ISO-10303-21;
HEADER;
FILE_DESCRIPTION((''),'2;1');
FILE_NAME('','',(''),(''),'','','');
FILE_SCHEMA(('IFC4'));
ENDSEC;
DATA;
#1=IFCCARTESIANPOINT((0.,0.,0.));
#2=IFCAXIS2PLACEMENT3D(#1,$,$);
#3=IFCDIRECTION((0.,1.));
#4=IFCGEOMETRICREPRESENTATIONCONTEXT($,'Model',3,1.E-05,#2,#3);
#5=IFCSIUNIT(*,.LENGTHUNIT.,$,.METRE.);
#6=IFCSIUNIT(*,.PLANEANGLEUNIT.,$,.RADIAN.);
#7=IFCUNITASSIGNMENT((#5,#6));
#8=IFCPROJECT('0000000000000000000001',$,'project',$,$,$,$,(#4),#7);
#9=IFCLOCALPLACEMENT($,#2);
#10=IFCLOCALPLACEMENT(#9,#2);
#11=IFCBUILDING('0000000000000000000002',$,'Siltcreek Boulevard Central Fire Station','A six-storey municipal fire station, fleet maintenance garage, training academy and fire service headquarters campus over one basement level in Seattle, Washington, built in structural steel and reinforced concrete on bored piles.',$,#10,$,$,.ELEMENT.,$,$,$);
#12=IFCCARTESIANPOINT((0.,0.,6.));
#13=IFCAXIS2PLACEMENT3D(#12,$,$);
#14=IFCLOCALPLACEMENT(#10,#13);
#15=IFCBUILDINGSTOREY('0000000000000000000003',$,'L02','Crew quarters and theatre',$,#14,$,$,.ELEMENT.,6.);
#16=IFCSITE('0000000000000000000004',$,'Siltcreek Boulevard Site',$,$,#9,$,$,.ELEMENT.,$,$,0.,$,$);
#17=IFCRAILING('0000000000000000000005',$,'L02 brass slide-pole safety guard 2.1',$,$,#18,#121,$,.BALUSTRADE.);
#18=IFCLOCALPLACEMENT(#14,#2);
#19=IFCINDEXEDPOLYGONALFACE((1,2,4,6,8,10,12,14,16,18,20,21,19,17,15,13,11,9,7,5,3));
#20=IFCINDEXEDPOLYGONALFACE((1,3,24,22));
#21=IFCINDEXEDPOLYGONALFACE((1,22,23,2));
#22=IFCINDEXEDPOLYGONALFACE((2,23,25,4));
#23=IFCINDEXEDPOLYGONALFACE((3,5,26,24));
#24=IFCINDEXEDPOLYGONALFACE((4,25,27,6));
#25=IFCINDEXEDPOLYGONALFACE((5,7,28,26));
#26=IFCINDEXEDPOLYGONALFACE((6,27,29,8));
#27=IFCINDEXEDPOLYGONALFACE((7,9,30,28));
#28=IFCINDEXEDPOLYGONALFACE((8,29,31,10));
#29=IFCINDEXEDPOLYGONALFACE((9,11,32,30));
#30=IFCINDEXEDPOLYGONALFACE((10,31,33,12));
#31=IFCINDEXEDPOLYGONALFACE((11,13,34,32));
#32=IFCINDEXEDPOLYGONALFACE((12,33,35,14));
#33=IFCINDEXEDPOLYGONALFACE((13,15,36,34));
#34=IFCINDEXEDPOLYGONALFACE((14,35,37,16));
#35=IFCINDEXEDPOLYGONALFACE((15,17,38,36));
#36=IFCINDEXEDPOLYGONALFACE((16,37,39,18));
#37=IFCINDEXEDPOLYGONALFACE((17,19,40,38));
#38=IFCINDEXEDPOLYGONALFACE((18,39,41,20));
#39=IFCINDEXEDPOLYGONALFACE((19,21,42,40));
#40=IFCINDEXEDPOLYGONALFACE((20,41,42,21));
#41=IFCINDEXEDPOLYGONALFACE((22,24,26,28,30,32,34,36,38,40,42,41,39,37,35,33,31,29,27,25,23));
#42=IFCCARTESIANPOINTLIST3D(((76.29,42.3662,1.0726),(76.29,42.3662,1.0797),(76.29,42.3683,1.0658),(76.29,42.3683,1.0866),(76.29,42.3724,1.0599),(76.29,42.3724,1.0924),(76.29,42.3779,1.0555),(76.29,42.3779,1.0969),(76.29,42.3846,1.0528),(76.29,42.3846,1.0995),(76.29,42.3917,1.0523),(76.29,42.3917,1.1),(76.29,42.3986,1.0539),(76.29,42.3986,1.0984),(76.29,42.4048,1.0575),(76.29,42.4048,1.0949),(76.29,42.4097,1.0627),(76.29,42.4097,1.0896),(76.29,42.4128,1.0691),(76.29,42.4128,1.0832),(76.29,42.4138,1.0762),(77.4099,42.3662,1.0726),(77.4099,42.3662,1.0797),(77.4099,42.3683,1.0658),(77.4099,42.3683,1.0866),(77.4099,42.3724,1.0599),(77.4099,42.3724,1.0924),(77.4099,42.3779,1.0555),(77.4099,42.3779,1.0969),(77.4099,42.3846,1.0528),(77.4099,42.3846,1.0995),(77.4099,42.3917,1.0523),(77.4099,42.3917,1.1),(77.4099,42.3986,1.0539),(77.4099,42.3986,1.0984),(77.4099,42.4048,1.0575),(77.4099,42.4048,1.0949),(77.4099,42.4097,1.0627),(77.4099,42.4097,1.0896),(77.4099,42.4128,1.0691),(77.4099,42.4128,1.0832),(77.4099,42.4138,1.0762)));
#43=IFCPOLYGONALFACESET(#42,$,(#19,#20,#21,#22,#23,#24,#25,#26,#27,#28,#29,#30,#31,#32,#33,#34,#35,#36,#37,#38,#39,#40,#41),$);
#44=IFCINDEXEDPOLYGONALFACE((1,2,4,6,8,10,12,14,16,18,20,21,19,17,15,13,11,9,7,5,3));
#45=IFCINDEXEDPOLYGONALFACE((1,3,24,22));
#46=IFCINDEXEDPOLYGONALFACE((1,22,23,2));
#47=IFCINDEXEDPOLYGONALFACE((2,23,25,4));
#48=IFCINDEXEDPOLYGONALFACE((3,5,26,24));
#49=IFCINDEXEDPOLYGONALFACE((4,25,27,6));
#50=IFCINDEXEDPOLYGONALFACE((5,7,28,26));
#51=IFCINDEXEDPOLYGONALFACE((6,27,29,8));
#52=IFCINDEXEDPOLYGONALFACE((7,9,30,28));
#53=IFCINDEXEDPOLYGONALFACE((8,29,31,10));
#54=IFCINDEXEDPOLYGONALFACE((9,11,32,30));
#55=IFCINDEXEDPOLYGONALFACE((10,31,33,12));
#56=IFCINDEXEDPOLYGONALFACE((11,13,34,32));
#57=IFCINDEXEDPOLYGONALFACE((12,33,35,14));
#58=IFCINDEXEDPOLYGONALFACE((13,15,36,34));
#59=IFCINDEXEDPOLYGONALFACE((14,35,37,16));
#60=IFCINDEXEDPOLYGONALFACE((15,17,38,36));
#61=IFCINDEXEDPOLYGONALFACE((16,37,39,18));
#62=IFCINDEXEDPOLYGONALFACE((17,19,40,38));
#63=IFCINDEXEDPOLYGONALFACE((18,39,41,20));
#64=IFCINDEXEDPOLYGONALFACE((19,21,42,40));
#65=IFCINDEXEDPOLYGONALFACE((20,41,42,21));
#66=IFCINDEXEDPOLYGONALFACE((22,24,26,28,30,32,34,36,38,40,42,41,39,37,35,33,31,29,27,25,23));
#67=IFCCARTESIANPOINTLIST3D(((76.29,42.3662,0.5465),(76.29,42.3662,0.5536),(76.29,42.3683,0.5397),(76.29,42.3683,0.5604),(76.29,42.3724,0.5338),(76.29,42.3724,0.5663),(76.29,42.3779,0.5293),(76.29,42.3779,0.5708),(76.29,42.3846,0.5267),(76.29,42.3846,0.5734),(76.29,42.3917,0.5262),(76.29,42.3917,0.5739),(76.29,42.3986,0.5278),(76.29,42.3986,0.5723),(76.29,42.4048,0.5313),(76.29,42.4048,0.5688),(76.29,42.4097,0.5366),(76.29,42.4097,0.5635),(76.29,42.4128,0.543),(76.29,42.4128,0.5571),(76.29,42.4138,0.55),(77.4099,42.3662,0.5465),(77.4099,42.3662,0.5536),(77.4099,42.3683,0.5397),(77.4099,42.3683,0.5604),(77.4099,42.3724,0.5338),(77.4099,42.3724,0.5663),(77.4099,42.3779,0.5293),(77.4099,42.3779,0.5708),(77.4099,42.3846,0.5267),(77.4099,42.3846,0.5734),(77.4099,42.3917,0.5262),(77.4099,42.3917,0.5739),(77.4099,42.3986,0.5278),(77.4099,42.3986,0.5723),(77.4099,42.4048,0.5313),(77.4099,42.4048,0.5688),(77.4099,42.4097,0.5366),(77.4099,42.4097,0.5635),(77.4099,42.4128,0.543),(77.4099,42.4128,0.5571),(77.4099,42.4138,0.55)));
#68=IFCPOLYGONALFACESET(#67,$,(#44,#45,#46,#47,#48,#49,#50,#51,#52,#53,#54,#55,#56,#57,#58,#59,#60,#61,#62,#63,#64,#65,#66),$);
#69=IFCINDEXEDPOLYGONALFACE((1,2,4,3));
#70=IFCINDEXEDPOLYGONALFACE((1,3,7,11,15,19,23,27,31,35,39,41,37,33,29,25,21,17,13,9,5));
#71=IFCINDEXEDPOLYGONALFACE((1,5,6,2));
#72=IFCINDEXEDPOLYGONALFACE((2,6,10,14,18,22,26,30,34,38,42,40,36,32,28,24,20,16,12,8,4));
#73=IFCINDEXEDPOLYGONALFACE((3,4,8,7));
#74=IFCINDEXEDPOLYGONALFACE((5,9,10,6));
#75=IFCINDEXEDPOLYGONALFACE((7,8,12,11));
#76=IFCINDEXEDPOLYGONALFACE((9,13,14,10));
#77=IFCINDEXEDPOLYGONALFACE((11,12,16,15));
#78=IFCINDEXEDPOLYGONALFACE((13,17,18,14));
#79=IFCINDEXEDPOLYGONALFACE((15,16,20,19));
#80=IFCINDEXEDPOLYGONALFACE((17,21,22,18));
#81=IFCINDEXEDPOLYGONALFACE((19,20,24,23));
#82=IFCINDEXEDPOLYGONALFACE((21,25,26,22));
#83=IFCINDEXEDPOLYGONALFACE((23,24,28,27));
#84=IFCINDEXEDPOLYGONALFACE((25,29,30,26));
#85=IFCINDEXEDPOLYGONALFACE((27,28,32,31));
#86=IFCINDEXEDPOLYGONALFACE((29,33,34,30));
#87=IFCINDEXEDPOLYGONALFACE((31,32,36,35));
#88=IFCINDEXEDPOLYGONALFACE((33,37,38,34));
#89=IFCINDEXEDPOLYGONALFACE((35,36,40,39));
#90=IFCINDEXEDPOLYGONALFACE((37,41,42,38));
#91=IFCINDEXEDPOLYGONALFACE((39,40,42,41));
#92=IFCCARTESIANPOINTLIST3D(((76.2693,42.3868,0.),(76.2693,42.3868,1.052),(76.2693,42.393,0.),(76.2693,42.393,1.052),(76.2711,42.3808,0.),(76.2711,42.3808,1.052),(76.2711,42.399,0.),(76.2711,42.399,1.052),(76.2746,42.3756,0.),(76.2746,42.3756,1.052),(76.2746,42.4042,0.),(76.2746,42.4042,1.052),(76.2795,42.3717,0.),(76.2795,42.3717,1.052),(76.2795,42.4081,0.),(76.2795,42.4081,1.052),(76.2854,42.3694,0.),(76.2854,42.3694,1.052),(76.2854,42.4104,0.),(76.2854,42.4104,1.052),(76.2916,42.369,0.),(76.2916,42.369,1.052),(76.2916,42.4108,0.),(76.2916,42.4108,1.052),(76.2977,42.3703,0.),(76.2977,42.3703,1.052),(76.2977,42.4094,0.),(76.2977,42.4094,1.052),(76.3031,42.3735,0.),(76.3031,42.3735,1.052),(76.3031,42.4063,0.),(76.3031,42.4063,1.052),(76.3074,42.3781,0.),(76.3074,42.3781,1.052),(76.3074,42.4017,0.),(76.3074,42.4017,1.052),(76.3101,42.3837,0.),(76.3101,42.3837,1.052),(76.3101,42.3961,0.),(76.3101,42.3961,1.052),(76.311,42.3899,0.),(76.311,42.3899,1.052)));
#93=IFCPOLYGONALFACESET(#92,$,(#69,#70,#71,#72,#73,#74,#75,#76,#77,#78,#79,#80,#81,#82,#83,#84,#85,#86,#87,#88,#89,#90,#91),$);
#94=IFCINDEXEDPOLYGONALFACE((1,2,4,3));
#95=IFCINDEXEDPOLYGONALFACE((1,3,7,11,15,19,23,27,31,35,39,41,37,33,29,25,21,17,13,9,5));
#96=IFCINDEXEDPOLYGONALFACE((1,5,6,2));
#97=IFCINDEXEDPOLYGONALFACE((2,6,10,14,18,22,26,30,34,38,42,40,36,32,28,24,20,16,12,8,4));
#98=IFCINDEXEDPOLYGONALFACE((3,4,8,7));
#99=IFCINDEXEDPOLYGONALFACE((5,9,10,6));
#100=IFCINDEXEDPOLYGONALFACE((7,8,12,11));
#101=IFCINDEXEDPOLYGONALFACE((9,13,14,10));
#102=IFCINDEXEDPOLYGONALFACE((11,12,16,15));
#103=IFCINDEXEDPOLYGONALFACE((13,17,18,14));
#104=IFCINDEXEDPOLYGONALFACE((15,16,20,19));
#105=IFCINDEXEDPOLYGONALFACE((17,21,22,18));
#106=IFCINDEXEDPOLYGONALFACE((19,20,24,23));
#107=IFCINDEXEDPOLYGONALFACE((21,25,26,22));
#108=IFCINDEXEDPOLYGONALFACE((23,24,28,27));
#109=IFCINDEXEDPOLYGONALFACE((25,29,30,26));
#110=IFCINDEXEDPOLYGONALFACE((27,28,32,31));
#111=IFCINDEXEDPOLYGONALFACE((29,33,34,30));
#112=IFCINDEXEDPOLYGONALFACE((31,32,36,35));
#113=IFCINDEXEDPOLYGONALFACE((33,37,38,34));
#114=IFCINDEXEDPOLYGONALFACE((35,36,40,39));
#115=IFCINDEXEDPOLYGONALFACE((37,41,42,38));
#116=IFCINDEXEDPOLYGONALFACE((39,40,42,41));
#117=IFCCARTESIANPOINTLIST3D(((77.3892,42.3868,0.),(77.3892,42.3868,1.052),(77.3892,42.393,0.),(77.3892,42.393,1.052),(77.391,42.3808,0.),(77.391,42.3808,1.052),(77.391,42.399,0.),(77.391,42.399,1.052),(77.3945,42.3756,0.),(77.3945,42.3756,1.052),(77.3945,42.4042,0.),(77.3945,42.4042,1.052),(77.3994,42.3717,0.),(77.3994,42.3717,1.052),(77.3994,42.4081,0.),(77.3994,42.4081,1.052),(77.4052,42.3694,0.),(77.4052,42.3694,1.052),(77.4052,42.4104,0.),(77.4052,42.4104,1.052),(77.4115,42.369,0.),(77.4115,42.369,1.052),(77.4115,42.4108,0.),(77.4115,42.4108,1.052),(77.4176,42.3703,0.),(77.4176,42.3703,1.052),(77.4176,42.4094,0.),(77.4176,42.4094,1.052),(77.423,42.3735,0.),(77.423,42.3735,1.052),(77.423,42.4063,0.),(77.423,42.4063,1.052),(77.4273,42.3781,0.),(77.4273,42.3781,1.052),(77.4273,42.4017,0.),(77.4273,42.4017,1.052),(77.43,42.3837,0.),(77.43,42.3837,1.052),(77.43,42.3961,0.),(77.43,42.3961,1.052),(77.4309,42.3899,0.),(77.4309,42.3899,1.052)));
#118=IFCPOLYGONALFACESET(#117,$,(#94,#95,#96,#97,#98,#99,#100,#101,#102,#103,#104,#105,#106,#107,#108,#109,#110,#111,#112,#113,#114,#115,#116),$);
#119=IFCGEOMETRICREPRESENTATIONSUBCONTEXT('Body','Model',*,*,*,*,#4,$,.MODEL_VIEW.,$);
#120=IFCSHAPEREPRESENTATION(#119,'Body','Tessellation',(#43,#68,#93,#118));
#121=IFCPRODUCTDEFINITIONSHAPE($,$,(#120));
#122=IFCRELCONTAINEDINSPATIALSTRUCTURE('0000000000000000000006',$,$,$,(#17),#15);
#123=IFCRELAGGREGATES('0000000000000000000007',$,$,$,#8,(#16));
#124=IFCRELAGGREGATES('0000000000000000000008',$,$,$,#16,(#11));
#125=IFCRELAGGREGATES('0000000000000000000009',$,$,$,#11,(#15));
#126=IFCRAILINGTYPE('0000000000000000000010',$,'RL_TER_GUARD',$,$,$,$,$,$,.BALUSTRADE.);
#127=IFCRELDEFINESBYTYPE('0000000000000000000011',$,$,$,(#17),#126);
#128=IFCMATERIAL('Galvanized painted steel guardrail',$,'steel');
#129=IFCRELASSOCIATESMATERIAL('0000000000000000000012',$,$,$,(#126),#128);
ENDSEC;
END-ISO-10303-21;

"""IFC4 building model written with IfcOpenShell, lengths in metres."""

from ifc_helpers import new_model, si_unit, direction, frame, origin, origin_2d, place, context, subcontext, project, spatial, circle, extrude, material, type_object, element, save


model = new_model("IFC4")

# Units and contexts
model_context = context("Model", 3, precision=1e-05, world=origin(), true_north=direction((0.0, 1.0)))
body_context = subcontext(model_context, "Body", "Model", "MODEL_VIEW")
ifc_project = project(units=[si_unit("LENGTHUNIT", "METRE"), si_unit("PLANEANGLEUNIT", "RADIAN")], contexts=[model_context])

# Site, building, storey
site_placement = place(None, origin())
site = spatial("IfcSite", under=ifc_project, at=site_placement, Name="Siltcreek Boulevard Site", CompositionType="ELEMENT", RefElevation=0.0)
building_placement = place(site_placement, origin())
building = spatial("IfcBuilding", under=site, at=building_placement, Name="Siltcreek Boulevard Central Fire Station", Description="A six-storey municipal fire station, fleet maintenance garage, training academy and fire service headquarters campus over one basement level in Seattle, Washington, built in structural steel and reinforced concrete on bored piles.", CompositionType="ELEMENT")
storey_placement = place(building_placement, frame((0.0, 0.0, 6.0)))
storey = spatial("IfcBuildingStorey", under=building, at=storey_placement, Name="L02", Description="Crew quarters and theatre", CompositionType="ELEMENT", Elevation=6.0)

# Railing
ifc_material_1 = material(Name="Galvanized painted steel guardrail", Category="steel")
railing_type = type_object("IfcRailingType", Name="RL_TER_GUARD", PredefinedType="BALUSTRADE", material=ifc_material_1)
railing_1_placement = place(storey_placement, frame((76.29, 42.3899, 0.0)))
element("IfcRailing", 1, at=railing_1_placement, inside=storey, type_object=railing_type, Name="L02 brass slide-pole safety guard 2.1", PredefinedType="BALUSTRADE", context=body_context, shape_type="SweptSolid", body=[
    extrude(circle(Radius=0.0239, at=origin_2d()), frame((0.0, 0.0, 1.0762), z_axis=(1.0, 0.0, 0.0), x_axis=(0.0, 1.0, 0.0)), (0.0, 0.0, 1.0), 1.1199),
    extrude(circle(Radius=0.0239, at=origin_2d()), frame((0.0, 0.0, 0.55), z_axis=(1.0, 0.0, 0.0), x_axis=(0.0, 1.0, 0.0)), (0.0, 0.0, 1.0), 1.1199),
    extrude(circle(Radius=0.021, at=origin_2d()), origin(), (0.0, 0.0, 1.0), 1.052),
    extrude(circle(Radius=0.021, at=origin_2d()), frame((1.1199, 0.0, 0.0)), (0.0, 0.0, 1.0), 1.052),
])

save(model, "model.ifc")
